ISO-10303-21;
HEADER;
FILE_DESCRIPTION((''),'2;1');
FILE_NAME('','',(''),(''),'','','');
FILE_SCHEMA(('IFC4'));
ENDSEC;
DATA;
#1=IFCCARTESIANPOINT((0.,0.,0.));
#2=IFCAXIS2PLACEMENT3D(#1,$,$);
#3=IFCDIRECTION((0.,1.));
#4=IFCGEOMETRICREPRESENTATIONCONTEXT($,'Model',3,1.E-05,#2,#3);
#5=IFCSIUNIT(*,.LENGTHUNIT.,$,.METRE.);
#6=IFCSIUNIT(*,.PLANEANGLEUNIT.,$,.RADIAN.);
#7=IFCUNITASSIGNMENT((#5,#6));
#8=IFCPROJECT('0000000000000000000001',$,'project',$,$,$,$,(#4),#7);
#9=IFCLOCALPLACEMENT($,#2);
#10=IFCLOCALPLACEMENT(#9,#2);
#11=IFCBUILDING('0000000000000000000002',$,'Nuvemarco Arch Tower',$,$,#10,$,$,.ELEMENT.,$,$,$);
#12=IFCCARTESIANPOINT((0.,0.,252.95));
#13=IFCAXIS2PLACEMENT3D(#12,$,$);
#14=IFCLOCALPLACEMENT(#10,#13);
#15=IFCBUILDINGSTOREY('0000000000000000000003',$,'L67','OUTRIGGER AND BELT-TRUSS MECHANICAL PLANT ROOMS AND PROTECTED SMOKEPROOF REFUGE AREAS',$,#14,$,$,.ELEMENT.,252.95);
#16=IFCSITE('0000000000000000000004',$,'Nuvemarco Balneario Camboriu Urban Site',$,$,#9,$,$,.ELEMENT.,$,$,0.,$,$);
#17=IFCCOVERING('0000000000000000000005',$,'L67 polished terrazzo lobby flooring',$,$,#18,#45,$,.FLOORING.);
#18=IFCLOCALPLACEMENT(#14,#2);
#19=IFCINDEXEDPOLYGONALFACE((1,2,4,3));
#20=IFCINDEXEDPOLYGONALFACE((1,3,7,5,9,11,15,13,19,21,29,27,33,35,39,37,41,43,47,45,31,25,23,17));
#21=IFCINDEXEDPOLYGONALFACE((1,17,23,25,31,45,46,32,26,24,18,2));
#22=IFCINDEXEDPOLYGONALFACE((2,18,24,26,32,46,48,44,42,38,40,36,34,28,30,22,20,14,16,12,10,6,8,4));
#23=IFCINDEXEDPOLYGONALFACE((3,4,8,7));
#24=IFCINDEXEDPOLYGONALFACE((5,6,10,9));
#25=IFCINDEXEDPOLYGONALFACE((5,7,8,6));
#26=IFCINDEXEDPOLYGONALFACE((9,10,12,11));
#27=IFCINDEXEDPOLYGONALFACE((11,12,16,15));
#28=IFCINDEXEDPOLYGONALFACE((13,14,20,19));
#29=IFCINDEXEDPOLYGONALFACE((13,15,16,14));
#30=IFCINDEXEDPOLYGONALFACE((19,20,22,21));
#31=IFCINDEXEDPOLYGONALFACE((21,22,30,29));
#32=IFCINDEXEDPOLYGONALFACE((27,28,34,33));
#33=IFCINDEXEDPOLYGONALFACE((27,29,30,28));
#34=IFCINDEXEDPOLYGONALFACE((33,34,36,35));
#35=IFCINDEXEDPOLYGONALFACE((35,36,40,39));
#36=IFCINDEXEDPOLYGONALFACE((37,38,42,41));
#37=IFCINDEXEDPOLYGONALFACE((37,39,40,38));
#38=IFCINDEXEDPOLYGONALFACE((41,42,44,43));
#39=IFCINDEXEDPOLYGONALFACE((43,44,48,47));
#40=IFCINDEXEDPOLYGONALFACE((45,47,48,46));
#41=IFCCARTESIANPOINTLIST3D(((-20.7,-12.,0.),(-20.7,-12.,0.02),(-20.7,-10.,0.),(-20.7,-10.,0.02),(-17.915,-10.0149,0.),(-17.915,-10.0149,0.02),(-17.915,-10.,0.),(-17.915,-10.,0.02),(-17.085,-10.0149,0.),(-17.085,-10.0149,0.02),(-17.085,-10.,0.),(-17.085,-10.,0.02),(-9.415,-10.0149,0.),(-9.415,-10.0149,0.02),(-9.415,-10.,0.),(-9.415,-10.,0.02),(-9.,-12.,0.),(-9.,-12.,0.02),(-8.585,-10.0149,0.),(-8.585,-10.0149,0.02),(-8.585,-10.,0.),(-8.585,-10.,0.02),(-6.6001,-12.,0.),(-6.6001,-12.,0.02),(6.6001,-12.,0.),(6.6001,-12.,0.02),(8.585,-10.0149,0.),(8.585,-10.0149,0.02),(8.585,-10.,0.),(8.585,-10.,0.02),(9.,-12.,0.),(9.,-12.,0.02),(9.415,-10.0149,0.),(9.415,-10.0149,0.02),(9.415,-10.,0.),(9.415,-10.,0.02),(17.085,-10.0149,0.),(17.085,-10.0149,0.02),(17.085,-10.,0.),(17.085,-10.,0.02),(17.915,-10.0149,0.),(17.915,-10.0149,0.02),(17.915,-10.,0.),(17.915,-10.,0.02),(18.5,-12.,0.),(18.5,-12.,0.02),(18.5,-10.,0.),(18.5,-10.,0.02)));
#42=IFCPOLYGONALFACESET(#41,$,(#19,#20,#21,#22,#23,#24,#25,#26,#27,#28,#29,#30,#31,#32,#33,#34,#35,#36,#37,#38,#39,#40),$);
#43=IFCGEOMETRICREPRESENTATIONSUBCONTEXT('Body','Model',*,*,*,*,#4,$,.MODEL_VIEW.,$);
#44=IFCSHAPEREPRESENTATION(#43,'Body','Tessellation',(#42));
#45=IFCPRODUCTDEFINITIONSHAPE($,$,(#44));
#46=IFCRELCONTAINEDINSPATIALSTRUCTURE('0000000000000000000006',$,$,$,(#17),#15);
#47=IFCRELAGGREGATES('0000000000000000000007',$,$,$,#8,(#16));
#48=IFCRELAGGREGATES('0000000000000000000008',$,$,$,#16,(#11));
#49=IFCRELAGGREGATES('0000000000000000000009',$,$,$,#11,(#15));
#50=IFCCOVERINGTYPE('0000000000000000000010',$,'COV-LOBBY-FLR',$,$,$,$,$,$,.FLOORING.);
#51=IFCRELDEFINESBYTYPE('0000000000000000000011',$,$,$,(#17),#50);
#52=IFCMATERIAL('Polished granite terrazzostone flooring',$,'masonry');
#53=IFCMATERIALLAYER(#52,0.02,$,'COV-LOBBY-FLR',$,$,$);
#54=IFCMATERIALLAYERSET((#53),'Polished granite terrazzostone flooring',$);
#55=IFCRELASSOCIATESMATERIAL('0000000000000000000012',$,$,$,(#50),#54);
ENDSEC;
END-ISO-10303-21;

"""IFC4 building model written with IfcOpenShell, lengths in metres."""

from ifc_helpers import new_model, si_unit, direction, frame, origin, place, context, subcontext, project, spatial, polyline, outline, extrude, material, layer, layer_set, type_object, element, save


model = new_model("IFC4")

# Units and contexts
model_context = context("Model", 3, precision=1e-05, world=origin(), true_north=direction((0.0, 1.0)))
body_context = subcontext(model_context, "Body", "Model", "MODEL_VIEW")
ifc_project = project(units=[si_unit("LENGTHUNIT", "METRE"), si_unit("PLANEANGLEUNIT", "RADIAN")], contexts=[model_context])

# Site, building, storey
site_placement = place(None, origin())
site = spatial("IfcSite", under=ifc_project, at=site_placement, Name="Nuvemarco Balneario Camboriu Urban Site", CompositionType="ELEMENT", RefElevation=0.0)
building_placement = place(site_placement, origin())
building = spatial("IfcBuilding", under=site, at=building_placement, Name="Nuvemarco Arch Tower", CompositionType="ELEMENT")
storey_placement = place(building_placement, frame((0.0, 0.0, 252.95)))
storey = spatial("IfcBuildingStorey", under=building, at=storey_placement, Name="L67", Description="OUTRIGGER AND BELT-TRUSS MECHANICAL PLANT ROOMS AND PROTECTED SMOKEPROOF REFUGE AREAS", CompositionType="ELEMENT", Elevation=252.95)

# Covering
ifc_material_1 = material(Name="Polished granite terrazzostone flooring", Category="masonry")
ifc_layer_1 = layer(ifc_material_1, 0.02, Name="COV-LOBBY-FLR")
ifc_layer_set_1 = layer_set([ifc_layer_1], Name="Polished granite terrazzostone flooring")
covering_type = type_object("IfcCoveringType", Name="COV-LOBBY-FLR", PredefinedType="FLOORING", material=ifc_layer_set_1)
covering_placement = place(storey_placement, origin())
element("IfcCovering", 1, at=covering_placement, inside=storey, type_object=covering_type, Name="L67 polished terrazzo lobby flooring", PredefinedType="FLOORING", context=body_context, shape_type="SweptSolid", body=[
    extrude(outline(polyline([(-20.7, -10.0), (-17.915, -10.0), (-17.915, -10.0149), (-17.085, -10.0149), (-17.085, -10.0), (-9.415, -10.0), (-9.415, -10.0149), (-8.585, -10.0149), (-8.585, -10.0), (8.585, -10.0), (8.585, -10.0149), (9.415, -10.0149), (9.415, -10.0), (17.085, -10.0), (17.085, -10.0149), (17.915, -10.0149), (17.915, -10.0), (18.5, -10.0), (18.5, -12.0), (9.0, -12.0), (6.6001, -12.0), (-6.6001, -12.0), (-9.0, -12.0), (-20.7, -12.0), (-20.7, -10.0)])), origin(), (0.0, 0.0, 1.0), 0.02),
])

save(model, "model.ifc")
